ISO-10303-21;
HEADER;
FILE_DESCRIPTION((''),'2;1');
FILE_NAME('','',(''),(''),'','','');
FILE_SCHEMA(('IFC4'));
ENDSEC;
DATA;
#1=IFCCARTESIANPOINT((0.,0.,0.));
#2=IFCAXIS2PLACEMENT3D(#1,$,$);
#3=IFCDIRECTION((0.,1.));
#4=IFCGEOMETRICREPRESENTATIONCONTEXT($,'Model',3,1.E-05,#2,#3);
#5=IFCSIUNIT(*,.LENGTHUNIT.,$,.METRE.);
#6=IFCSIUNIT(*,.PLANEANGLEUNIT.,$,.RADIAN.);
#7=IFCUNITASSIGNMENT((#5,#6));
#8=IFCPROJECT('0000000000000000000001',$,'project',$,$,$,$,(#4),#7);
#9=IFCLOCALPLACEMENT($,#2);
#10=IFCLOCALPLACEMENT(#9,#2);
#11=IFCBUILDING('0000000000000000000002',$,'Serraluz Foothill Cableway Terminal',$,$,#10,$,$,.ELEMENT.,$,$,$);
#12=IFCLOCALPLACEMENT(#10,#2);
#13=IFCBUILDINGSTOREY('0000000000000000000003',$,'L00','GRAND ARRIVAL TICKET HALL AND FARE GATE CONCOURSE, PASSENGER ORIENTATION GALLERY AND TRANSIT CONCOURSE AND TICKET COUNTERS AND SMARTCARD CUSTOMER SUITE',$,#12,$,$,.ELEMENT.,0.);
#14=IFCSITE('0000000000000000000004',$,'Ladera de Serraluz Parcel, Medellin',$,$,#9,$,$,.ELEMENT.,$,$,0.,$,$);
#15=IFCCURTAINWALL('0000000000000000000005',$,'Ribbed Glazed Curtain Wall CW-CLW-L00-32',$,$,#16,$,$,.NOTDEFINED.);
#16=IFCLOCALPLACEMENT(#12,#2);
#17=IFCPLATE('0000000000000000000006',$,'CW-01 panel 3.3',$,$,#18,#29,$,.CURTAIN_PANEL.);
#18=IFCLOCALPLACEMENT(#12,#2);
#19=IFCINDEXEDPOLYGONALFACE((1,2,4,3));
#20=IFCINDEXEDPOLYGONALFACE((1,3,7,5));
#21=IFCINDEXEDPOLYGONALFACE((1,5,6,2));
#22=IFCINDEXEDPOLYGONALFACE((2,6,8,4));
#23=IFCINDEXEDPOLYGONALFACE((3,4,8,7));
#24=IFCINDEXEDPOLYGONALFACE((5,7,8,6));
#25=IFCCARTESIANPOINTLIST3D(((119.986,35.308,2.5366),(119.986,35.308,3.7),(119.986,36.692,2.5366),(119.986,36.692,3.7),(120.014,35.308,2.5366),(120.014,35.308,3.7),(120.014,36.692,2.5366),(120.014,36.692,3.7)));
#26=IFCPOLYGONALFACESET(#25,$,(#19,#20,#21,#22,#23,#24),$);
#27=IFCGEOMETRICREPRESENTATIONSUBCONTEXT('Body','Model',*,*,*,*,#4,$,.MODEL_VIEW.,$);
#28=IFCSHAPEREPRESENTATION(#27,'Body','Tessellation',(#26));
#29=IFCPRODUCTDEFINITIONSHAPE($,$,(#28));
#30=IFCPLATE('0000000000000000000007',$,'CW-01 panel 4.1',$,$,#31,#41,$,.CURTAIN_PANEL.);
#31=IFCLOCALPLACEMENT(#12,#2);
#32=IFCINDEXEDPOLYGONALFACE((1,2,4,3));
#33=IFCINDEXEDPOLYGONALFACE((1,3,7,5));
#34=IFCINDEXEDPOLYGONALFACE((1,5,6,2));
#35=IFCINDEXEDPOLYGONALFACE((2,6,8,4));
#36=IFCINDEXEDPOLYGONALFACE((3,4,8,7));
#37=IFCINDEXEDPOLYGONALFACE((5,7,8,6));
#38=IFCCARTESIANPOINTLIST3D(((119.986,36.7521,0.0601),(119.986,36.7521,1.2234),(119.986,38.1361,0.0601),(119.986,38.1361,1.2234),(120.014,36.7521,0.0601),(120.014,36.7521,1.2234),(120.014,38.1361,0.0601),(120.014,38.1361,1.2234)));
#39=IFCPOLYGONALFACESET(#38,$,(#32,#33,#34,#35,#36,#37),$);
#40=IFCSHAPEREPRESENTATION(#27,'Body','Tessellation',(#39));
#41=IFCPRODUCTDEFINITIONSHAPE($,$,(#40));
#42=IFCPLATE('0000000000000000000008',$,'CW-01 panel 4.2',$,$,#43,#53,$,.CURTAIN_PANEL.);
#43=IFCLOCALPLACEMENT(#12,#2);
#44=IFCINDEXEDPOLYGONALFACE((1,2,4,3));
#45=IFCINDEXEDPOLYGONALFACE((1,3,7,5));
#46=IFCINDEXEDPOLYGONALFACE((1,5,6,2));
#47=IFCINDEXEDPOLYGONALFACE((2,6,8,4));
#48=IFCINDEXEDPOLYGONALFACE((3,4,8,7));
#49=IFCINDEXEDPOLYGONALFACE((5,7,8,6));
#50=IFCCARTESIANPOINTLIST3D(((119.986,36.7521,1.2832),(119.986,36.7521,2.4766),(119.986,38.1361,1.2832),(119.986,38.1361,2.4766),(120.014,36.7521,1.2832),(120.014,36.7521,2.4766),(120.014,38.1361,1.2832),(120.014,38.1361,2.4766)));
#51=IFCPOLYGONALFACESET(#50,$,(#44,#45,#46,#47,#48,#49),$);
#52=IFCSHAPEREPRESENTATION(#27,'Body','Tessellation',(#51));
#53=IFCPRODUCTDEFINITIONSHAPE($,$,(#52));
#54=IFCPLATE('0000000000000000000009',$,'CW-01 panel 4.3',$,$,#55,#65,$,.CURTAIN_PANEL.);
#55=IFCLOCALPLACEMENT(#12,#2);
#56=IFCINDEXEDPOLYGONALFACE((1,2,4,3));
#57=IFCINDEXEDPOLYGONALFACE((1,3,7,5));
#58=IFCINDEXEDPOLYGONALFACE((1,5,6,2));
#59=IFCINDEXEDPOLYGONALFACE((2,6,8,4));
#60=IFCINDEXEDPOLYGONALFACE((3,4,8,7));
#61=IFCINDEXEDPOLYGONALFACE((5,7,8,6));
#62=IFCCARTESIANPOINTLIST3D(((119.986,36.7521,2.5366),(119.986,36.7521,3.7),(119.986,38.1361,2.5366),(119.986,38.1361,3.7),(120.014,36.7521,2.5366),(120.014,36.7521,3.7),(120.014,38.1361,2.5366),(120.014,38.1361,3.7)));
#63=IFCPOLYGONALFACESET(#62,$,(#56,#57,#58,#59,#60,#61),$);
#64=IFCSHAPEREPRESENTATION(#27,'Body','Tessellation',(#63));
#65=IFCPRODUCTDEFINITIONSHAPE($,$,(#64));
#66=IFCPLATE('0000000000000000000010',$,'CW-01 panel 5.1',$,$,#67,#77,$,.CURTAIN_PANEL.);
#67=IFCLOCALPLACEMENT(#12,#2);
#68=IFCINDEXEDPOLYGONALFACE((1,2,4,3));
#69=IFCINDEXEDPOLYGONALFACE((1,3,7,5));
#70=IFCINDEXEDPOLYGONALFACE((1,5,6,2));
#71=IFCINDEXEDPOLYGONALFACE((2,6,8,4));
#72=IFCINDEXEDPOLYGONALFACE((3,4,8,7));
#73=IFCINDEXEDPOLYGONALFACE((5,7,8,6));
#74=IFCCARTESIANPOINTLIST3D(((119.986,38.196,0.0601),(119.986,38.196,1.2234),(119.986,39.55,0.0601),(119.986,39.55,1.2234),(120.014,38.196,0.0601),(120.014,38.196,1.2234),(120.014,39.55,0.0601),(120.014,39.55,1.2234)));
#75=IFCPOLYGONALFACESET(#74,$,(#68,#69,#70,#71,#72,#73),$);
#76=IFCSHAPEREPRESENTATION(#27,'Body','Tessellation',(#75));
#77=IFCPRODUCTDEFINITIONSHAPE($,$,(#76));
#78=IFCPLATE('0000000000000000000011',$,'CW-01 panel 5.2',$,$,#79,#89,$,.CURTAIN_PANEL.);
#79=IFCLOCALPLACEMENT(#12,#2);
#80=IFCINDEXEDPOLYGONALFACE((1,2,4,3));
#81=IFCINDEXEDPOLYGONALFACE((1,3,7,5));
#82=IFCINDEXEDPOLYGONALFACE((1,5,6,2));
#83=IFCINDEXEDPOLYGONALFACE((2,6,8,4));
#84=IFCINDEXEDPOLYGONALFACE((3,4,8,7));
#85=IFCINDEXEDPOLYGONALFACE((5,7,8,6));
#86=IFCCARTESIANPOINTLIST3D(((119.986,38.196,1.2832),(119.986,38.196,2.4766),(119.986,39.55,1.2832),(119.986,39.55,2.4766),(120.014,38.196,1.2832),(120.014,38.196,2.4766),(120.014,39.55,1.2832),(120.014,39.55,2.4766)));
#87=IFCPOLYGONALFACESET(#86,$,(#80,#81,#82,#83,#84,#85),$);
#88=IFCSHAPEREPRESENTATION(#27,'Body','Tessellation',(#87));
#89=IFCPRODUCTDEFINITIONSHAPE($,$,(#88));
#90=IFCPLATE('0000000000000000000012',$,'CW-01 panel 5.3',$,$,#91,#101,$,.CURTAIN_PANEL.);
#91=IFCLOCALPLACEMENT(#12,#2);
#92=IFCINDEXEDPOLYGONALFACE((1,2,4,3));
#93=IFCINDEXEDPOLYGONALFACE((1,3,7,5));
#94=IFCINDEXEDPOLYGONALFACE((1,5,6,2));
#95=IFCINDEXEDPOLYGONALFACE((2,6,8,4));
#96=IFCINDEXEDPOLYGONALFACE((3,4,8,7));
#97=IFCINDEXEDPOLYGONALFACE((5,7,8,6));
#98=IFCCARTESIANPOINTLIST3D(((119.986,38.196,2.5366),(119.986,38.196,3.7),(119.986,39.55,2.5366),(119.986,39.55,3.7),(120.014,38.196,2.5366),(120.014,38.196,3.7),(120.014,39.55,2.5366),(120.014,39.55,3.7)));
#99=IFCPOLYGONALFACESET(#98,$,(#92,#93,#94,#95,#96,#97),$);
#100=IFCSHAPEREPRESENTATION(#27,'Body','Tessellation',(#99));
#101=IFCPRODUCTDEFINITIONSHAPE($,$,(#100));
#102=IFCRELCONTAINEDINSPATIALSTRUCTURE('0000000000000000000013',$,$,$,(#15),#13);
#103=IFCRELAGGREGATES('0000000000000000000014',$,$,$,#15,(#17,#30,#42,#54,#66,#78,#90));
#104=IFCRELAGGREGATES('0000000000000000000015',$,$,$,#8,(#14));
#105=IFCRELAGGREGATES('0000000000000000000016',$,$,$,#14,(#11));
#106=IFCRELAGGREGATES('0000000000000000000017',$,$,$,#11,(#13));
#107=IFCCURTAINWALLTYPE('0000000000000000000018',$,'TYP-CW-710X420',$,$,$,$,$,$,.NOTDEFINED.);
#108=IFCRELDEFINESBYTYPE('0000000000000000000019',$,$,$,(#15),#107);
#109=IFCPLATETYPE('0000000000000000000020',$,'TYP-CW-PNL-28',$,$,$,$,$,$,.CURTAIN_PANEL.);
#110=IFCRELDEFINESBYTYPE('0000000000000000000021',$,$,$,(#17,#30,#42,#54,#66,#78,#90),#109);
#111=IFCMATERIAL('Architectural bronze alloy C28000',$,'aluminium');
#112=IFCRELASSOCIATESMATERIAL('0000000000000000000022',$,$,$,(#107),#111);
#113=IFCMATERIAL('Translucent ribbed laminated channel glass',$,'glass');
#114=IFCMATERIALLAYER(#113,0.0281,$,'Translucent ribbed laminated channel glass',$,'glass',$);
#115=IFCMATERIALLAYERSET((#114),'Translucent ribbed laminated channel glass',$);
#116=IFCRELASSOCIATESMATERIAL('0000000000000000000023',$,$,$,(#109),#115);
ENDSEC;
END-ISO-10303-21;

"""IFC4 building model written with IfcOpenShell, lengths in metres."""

from ifc_helpers import new_model, si_unit, direction, frame, origin, origin_2d, place, context, subcontext, project, spatial, rectangle, extrude, material, layer, layer_set, type_object, element, aggregate, save


model = new_model("IFC4")

# Units and contexts
model_context = context("Model", 3, precision=1e-05, world=origin(), true_north=direction((0.0, 1.0)))
body_context = subcontext(model_context, "Body", "Model", "MODEL_VIEW")
ifc_project = project(units=[si_unit("LENGTHUNIT", "METRE"), si_unit("PLANEANGLEUNIT", "RADIAN")], contexts=[model_context])

# Site, building, storey
site_placement = place(None, origin())
site = spatial("IfcSite", under=ifc_project, at=site_placement, Name="Ladera de Serraluz Parcel, Medellin", CompositionType="ELEMENT", RefElevation=0.0)
building_placement = place(site_placement, origin())
building = spatial("IfcBuilding", under=site, at=building_placement, Name="Serraluz Foothill Cableway Terminal", CompositionType="ELEMENT")
storey_placement = place(building_placement, origin())
storey = spatial("IfcBuildingStorey", under=building, at=storey_placement, Name="L00", Description="GRAND ARRIVAL TICKET HALL AND FARE GATE CONCOURSE, PASSENGER ORIENTATION GALLERY AND TRANSIT CONCOURSE AND TICKET COUNTERS AND SMARTCARD CUSTOMER SUITE", CompositionType="ELEMENT", Elevation=0.0)

# Curtain wall
ifc_material_1 = material(Name="Architectural bronze alloy C28000", Category="aluminium")
curtain_wall_type = type_object("IfcCurtainWallType", Name="TYP-CW-710X420", PredefinedType="NOTDEFINED", material=ifc_material_1)
curtain_wall_placement = place(storey_placement, origin())
curtain_wall = element("IfcCurtainWall", 1, at=curtain_wall_placement, inside=storey, type_object=curtain_wall_type, Name="Ribbed Glazed Curtain Wall CW-CLW-L00-32", PredefinedType="NOTDEFINED")

# Plates
ifc_material_2 = material(Name="Translucent ribbed laminated channel glass", Category="glass")
ifc_layer = layer(ifc_material_2, 0.0281, Name="Translucent ribbed laminated channel glass", Category="glass")
ifc_layer_set = layer_set([ifc_layer], Name="Translucent ribbed laminated channel glass")
plate_type = type_object("IfcPlateType", Name="TYP-CW-PNL-28", PredefinedType="CURTAIN_PANEL", material=ifc_layer_set)
plate_1_placement = place(storey_placement, frame((120.0, 36.0, 2.5366), z_axis=(0.0, 0.0, 1.0), x_axis=(0.0, 1.0, 0.0)))
plate_1 = element("IfcPlate", 2, at=plate_1_placement, type_object=plate_type, Name="CW-01 panel 3.3", PredefinedType="CURTAIN_PANEL", context=body_context, shape_type="SweptSolid", body=[
    extrude(rectangle(XDim=1.384, YDim=0.0281, at=origin_2d()), origin(), (0.0, 0.0, 1.0), 1.1633),
])
plate_2_placement = place(storey_placement, frame((120.0, 37.4441, 0.0601), z_axis=(0.0, 0.0, 1.0), x_axis=(0.0, 1.0, 0.0)))
plate_2 = element("IfcPlate", 3, at=plate_2_placement, type_object=plate_type, Name="CW-01 panel 4.1", PredefinedType="CURTAIN_PANEL", context=body_context, shape_type="SweptSolid", body=[
    extrude(rectangle(XDim=1.384, YDim=0.0281, at=origin_2d()), origin(), (0.0, 0.0, 1.0), 1.1633),
])
plate_3_placement = place(storey_placement, frame((120.0, 37.4441, 1.2832), z_axis=(0.0, 0.0, 1.0), x_axis=(0.0, 1.0, 0.0)))
plate_3 = element("IfcPlate", 4, at=plate_3_placement, type_object=plate_type, Name="CW-01 panel 4.2", PredefinedType="CURTAIN_PANEL", context=body_context, shape_type="SweptSolid", body=[
    extrude(rectangle(XDim=1.384, YDim=0.0281, at=origin_2d()), origin(), (0.0, 0.0, 1.0), 1.1934),
])
plate_4_placement = place(storey_placement, frame((120.0, 37.4441, 2.5366), z_axis=(0.0, 0.0, 1.0), x_axis=(0.0, 1.0, 0.0)))
plate_4 = element("IfcPlate", 5, at=plate_4_placement, type_object=plate_type, Name="CW-01 panel 4.3", PredefinedType="CURTAIN_PANEL", context=body_context, shape_type="SweptSolid", body=[
    extrude(rectangle(XDim=1.384, YDim=0.0281, at=origin_2d()), origin(), (0.0, 0.0, 1.0), 1.1633),
])
plate_5_placement = place(storey_placement, frame((120.0, 38.873, 0.0601), z_axis=(0.0, 0.0, 1.0), x_axis=(0.0, 1.0, 0.0)))
plate_5 = element("IfcPlate", 6, at=plate_5_placement, type_object=plate_type, Name="CW-01 panel 5.1", PredefinedType="CURTAIN_PANEL", context=body_context, shape_type="SweptSolid", body=[
    extrude(rectangle(XDim=1.354, YDim=0.0281, at=origin_2d()), origin(), (0.0, 0.0, 1.0), 1.1633),
])
plate_6_placement = place(storey_placement, frame((120.0, 38.873, 1.2832), z_axis=(0.0, 0.0, 1.0), x_axis=(0.0, 1.0, 0.0)))
plate_6 = element("IfcPlate", 7, at=plate_6_placement, type_object=plate_type, Name="CW-01 panel 5.2", PredefinedType="CURTAIN_PANEL", context=body_context, shape_type="SweptSolid", body=[
    extrude(rectangle(XDim=1.354, YDim=0.0281, at=origin_2d()), origin(), (0.0, 0.0, 1.0), 1.1934),
])
plate_7_placement = place(storey_placement, frame((120.0, 38.873, 2.5366), z_axis=(0.0, 0.0, 1.0), x_axis=(0.0, 1.0, 0.0)))
plate_7 = element("IfcPlate", 8, at=plate_7_placement, type_object=plate_type, Name="CW-01 panel 5.3", PredefinedType="CURTAIN_PANEL", context=body_context, shape_type="SweptSolid", body=[
    extrude(rectangle(XDim=1.354, YDim=0.0281, at=origin_2d()), origin(), (0.0, 0.0, 1.0), 1.1633),
])
aggregate(curtain_wall, [plate_1, plate_2, plate_3, plate_4, plate_5, plate_6, plate_7])

save(model, "model.ifc")
